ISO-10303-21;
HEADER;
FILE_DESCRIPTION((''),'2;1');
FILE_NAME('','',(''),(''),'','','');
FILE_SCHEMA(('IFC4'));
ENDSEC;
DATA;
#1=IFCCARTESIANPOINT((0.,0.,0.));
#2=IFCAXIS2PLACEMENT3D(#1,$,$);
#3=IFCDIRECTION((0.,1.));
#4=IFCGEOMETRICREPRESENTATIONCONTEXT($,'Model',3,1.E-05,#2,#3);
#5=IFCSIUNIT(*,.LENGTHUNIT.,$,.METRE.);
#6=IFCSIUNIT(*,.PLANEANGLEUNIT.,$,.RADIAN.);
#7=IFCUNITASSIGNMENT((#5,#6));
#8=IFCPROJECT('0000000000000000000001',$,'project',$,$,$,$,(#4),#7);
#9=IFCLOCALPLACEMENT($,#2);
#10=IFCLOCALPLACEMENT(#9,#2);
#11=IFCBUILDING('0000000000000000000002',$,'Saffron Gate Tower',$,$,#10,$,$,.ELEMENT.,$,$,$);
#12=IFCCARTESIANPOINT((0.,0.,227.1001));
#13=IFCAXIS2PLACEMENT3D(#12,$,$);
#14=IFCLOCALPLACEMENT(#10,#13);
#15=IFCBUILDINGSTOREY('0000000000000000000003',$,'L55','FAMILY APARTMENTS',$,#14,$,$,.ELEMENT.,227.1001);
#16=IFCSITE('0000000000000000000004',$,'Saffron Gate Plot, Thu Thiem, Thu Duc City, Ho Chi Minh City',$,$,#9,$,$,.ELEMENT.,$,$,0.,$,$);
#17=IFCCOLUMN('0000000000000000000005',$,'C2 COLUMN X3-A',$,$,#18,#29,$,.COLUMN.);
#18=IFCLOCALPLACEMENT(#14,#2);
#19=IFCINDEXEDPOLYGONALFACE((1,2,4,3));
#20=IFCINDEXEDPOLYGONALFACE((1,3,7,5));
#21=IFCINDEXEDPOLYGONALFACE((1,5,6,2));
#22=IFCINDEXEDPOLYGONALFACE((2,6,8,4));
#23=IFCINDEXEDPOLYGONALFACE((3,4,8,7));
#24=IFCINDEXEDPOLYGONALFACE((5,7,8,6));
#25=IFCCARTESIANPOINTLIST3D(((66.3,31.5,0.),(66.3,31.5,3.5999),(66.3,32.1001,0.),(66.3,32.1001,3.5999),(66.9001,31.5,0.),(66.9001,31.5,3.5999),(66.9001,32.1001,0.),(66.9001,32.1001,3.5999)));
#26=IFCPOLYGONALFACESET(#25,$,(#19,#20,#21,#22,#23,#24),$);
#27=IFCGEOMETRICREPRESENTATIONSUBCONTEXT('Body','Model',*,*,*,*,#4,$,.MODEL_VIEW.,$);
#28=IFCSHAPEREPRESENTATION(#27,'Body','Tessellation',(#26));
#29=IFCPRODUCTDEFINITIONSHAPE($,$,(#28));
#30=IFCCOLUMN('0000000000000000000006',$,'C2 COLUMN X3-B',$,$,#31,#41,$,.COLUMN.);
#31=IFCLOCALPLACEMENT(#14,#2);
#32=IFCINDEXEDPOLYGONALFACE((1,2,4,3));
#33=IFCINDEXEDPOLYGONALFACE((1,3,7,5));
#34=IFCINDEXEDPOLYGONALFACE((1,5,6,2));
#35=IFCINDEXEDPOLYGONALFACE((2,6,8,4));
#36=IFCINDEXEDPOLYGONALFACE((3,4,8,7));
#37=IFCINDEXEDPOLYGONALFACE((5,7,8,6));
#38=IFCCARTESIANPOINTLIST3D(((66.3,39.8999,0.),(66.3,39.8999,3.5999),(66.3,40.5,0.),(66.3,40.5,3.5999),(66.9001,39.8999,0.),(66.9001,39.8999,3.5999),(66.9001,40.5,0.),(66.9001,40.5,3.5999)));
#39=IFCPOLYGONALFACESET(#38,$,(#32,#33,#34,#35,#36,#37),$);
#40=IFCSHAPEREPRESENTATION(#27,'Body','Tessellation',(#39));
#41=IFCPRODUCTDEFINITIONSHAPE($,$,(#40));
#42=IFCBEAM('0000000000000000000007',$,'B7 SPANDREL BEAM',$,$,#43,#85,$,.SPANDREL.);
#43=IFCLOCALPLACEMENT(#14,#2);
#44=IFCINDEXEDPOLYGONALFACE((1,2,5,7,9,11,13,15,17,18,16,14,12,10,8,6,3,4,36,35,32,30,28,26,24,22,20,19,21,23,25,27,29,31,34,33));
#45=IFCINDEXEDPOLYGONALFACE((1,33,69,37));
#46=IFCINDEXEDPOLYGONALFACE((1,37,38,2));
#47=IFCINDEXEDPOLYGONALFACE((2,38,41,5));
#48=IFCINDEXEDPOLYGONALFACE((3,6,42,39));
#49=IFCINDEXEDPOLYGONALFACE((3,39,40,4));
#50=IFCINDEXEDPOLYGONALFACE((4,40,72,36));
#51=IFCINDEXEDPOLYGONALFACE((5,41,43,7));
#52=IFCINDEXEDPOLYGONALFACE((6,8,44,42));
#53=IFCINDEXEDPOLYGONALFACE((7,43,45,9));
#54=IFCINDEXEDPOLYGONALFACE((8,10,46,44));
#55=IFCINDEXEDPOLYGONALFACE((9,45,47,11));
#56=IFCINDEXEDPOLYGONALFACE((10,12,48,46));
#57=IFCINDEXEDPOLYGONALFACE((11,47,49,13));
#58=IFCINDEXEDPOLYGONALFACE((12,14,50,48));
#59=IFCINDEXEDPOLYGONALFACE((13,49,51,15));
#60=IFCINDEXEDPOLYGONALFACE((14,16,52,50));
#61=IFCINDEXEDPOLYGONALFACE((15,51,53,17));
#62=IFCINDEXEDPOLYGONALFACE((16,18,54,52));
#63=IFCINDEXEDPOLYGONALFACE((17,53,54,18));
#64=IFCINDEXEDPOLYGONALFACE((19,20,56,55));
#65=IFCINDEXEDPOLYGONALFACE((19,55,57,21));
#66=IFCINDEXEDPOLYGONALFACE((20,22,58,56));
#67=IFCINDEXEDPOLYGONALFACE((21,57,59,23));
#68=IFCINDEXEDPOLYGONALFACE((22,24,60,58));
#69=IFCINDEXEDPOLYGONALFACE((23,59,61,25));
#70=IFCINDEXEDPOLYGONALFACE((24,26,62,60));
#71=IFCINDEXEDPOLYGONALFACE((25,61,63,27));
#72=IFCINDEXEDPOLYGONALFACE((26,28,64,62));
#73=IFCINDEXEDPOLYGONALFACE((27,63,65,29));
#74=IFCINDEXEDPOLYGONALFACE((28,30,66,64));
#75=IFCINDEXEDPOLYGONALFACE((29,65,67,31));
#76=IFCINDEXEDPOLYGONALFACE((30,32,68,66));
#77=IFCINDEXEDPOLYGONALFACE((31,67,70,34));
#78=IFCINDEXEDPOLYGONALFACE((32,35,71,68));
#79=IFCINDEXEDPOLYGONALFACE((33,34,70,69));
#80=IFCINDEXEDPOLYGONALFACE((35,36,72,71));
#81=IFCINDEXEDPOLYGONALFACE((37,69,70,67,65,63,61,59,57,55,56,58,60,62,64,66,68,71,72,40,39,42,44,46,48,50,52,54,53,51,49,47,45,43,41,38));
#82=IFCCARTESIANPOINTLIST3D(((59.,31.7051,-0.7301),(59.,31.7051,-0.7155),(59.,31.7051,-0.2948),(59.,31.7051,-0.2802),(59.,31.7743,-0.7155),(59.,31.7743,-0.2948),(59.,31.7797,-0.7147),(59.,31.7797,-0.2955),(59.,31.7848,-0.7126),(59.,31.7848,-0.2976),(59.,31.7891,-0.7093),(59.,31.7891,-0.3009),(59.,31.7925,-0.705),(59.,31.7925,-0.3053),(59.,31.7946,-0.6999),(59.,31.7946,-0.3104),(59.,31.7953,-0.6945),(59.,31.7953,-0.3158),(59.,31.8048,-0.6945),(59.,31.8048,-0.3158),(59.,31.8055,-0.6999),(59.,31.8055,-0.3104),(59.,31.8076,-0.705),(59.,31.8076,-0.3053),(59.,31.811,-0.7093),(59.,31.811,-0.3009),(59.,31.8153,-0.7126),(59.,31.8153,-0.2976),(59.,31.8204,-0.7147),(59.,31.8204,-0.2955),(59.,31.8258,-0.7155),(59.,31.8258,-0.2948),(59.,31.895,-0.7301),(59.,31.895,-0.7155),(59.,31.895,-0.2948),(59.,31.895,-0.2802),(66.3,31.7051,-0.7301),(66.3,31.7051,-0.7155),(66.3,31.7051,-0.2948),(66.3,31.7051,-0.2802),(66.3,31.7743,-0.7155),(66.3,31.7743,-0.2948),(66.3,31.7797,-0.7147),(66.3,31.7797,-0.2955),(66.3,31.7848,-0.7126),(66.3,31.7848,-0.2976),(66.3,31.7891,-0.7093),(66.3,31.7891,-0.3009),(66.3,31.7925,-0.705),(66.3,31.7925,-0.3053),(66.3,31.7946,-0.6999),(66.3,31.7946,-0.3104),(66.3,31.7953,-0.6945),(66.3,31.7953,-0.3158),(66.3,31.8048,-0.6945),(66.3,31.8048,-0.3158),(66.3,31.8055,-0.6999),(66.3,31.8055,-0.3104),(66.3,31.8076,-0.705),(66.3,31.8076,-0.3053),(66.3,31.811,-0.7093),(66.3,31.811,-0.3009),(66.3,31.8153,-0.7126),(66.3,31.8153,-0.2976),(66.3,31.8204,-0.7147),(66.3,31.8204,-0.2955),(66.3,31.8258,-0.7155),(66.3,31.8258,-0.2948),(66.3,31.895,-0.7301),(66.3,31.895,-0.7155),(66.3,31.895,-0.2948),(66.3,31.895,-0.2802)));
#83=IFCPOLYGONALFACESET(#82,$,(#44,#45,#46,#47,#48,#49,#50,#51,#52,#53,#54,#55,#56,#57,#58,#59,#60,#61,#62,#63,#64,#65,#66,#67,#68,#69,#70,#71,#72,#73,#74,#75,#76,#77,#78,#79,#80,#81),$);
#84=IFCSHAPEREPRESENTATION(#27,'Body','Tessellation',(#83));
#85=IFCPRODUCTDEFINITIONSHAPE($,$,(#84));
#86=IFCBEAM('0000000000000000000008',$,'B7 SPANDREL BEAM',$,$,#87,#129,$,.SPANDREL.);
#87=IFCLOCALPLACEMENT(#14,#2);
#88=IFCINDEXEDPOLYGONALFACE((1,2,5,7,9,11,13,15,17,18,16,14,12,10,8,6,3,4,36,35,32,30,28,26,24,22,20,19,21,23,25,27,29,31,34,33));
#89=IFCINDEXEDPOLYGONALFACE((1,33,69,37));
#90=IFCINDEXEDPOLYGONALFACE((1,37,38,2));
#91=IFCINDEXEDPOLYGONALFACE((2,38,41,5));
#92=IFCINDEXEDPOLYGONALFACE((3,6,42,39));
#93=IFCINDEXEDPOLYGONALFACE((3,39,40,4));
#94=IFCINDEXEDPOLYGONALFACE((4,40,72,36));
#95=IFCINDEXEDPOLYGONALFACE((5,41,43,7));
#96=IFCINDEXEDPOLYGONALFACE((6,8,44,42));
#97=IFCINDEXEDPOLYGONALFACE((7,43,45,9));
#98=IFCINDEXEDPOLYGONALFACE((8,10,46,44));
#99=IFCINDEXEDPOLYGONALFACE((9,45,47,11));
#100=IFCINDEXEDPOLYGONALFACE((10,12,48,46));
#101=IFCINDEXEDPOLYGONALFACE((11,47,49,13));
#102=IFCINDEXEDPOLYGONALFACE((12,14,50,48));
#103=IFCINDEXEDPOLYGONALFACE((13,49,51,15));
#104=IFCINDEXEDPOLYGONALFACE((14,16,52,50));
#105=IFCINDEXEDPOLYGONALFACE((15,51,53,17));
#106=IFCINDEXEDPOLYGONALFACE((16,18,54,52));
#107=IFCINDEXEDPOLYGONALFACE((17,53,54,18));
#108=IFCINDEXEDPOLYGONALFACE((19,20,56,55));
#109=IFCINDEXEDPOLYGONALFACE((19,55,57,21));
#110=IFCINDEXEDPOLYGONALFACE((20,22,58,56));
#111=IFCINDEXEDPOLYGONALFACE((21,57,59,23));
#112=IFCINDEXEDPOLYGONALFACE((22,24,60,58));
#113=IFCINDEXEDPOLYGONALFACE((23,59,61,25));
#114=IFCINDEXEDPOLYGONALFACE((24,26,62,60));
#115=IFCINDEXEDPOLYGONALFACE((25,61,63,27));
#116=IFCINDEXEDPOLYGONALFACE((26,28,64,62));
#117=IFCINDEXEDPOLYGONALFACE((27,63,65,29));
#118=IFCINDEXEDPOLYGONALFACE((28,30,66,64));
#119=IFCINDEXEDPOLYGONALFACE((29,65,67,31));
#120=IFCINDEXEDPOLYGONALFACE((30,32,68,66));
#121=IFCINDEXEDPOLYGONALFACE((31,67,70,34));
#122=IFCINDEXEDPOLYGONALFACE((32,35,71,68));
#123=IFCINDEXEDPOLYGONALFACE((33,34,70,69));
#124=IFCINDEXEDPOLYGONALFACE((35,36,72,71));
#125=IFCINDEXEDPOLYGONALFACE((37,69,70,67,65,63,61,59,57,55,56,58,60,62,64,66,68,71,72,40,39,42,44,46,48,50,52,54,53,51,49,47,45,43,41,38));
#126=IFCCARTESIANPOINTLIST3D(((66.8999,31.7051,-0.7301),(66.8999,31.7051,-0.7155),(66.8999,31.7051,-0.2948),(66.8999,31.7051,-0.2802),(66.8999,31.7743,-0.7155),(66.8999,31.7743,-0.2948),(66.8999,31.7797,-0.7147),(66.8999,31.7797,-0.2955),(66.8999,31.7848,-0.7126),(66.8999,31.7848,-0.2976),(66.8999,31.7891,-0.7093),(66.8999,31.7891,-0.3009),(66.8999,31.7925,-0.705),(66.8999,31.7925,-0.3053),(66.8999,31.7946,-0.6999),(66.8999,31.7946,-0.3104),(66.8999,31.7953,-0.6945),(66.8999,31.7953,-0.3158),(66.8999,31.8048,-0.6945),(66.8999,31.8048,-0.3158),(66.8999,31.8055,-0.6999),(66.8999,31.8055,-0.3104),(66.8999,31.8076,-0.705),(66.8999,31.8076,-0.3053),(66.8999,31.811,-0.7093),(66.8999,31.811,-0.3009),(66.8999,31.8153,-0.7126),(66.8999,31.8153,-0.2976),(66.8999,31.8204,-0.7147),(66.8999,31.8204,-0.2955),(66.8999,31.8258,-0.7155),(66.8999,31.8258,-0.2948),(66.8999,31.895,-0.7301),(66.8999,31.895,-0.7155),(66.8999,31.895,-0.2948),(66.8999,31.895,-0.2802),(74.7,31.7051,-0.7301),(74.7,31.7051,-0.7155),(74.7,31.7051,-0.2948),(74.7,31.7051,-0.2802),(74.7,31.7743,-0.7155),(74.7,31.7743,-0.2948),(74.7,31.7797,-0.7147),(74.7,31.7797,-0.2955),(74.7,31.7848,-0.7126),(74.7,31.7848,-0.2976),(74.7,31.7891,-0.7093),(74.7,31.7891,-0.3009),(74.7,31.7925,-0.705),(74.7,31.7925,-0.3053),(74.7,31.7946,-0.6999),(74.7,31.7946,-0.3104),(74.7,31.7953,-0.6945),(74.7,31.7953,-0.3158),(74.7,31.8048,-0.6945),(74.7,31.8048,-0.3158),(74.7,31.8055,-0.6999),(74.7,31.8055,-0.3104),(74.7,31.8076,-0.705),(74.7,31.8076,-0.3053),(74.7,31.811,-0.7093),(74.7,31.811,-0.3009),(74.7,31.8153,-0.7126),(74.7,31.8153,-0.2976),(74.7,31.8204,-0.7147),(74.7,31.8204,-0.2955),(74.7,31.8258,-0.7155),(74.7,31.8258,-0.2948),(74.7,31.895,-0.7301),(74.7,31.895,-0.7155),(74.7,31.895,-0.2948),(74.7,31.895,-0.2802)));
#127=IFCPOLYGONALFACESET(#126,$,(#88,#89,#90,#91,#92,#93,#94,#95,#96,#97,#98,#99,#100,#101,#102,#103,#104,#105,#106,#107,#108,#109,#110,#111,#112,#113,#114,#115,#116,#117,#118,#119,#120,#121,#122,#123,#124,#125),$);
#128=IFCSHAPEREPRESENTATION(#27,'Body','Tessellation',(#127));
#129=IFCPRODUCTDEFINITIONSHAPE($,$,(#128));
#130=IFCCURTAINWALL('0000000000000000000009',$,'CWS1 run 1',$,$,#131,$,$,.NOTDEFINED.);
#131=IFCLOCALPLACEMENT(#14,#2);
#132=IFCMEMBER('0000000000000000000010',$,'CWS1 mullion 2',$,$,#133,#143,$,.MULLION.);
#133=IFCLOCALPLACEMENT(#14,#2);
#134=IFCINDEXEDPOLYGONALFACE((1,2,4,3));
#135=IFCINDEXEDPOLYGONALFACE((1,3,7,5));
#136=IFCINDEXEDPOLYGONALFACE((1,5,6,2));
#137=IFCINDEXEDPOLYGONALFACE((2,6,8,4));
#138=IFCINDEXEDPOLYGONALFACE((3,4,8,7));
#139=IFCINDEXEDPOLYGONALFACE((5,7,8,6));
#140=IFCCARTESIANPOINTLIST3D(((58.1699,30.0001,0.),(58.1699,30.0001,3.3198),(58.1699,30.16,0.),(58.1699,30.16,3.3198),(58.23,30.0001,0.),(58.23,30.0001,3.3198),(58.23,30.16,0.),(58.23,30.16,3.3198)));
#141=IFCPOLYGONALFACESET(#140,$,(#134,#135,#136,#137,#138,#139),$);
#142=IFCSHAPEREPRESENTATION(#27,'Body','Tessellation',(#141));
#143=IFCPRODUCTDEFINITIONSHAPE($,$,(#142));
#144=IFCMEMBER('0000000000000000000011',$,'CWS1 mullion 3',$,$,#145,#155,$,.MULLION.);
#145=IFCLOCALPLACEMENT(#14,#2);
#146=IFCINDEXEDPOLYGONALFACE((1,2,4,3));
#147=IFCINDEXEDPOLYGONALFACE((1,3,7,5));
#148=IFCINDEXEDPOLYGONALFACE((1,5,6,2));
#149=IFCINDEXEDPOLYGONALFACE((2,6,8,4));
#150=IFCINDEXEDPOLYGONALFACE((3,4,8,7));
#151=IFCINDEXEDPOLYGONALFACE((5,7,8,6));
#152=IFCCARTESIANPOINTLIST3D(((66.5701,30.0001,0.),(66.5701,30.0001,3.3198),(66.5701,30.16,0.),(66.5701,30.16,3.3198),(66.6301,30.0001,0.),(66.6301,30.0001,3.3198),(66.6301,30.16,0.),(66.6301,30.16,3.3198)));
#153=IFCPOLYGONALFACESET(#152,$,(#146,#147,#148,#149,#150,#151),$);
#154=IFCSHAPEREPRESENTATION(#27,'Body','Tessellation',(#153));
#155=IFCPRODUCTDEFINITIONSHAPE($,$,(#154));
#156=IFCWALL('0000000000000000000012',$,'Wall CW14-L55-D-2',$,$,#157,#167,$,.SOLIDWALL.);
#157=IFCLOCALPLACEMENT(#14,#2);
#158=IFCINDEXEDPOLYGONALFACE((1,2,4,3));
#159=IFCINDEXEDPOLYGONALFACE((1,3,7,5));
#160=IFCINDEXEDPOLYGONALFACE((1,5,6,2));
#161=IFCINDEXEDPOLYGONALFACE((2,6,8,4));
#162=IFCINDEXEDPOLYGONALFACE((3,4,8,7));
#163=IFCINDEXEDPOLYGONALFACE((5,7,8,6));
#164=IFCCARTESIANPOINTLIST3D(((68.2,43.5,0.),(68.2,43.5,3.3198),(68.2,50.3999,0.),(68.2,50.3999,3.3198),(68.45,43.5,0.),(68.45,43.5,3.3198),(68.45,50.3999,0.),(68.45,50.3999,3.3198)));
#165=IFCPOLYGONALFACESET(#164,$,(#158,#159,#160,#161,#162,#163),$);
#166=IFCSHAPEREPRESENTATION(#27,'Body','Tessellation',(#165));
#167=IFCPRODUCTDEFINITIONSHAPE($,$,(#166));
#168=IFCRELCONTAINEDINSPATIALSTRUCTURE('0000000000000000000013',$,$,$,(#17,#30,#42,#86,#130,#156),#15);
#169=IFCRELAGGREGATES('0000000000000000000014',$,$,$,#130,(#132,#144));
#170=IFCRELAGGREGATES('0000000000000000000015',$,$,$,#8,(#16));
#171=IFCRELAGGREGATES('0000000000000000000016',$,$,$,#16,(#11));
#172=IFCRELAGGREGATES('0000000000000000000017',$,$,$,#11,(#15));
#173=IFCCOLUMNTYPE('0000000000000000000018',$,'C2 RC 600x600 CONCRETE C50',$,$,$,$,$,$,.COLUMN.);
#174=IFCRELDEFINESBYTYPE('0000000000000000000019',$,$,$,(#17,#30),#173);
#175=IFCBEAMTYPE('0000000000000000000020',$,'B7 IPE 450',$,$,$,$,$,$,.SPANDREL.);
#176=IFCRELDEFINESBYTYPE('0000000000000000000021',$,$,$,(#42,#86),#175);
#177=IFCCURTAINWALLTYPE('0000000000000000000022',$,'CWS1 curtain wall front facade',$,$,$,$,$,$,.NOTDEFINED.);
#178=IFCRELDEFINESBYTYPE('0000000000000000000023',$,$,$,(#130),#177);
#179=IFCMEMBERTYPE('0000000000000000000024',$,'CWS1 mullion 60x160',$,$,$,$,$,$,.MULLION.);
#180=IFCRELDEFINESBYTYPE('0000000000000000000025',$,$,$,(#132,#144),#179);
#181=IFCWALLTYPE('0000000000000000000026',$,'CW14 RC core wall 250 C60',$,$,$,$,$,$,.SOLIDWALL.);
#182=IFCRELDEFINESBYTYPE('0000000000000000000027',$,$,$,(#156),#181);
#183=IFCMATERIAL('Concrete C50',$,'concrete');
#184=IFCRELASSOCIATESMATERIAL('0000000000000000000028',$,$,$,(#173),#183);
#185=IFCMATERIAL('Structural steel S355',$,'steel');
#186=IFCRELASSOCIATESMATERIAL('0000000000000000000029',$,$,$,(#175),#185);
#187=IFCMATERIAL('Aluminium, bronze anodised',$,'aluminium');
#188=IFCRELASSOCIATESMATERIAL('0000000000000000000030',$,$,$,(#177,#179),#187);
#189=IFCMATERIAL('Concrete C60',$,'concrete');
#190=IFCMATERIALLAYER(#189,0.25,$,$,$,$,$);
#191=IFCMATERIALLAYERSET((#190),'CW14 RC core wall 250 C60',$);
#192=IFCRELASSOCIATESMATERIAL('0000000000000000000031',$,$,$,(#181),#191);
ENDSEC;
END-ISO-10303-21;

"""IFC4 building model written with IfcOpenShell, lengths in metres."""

from ifc_helpers import new_model, si_unit, direction, frame, frame_2d, origin, origin_2d, place, context, subcontext, project, spatial, rectangle, i_section, extrude, material, layer, layer_set, material_profile, profile_set, type_object, element, aggregate, save


model = new_model("IFC4")

# Units and contexts
model_context = context("Model", 3, precision=1e-05, world=origin(), true_north=direction((0.0, 1.0)))
body_context = subcontext(model_context, "Body", "Model", "MODEL_VIEW")
ifc_project = project(units=[si_unit("LENGTHUNIT", "METRE"), si_unit("PLANEANGLEUNIT", "RADIAN")], contexts=[model_context])

# Site, building, storey
site_placement = place(None, origin())
site = spatial("IfcSite", under=ifc_project, at=site_placement, Name="Saffron Gate Plot, Thu Thiem, Thu Duc City, Ho Chi Minh City", CompositionType="ELEMENT", RefElevation=0.0)
building_placement = place(site_placement, origin())
building = spatial("IfcBuilding", under=site, at=building_placement, Name="Saffron Gate Tower", CompositionType="ELEMENT")
storey_placement = place(building_placement, frame((0.0, 0.0, 227.1001)))
storey = spatial("IfcBuildingStorey", under=building, at=storey_placement, Name="L55", Description="FAMILY APARTMENTS", CompositionType="ELEMENT", Elevation=227.1001)

# Columns
ifc_material_1 = material(Name="Concrete C50", Category="concrete")
ifc_material_profile_1 = material_profile(ifc_material_1, rectangle(XDim=0.6001, YDim=0.6001, at=origin_2d()))
ifc_profile_set_1 = profile_set([ifc_material_profile_1], Name="Concrete C50")
column_type = type_object("IfcColumnType", Name="C2 RC 600x600 CONCRETE C50", PredefinedType="COLUMN", material=ifc_profile_set_1)
for number, where, z_axis, x_axis, name in (
    (1, (66.6001, 31.8, 0.0), (0.0, 0.0, 1.0), (1.0, 0.0, 0.0), "C2 COLUMN X3-A"),
    (2, (66.6001, 40.2, 0.0), (0.0, 0.0, 1.0), (1.0, 0.0, 0.0), "C2 COLUMN X3-B"),
):
    element("IfcColumn", number, at=place(storey_placement, frame(where, z_axis=z_axis, x_axis=x_axis)), inside=storey, type_object=column_type, Name=name, PredefinedType="COLUMN", context=body_context, shape_type="SweptSolid", body=[
        extrude(rectangle(XDim=0.6001, YDim=0.6001, at=origin_2d()), origin(), (0.0, 0.0, 1.0), 3.5999),
    ])

# Beams
ifc_material_2 = material(Name="Structural steel S355", Category="steel")
ifc_material_profile_2 = material_profile(ifc_material_2, i_section(OverallWidth=0.1899, OverallDepth=0.45, WebThickness=0.0095, FlangeThickness=0.0146, FilletRadius=0.021, at=origin_2d()))
ifc_profile_set_2 = profile_set([ifc_material_profile_2], Name="Structural steel S355")
beam_type = type_object("IfcBeamType", Name="B7 IPE 450", PredefinedType="SPANDREL", material=ifc_profile_set_2)
beam_1_placement = place(storey_placement, frame((59.0, 31.8, -0.5051), z_axis=(1.0, 0.0, 0.0), x_axis=(0.0, 1.0, 0.0)))
element("IfcBeam", 3, at=beam_1_placement, inside=storey, type_object=beam_type, Name="B7 SPANDREL BEAM", PredefinedType="SPANDREL", context=body_context, shape_type="SweptSolid", body=[
    extrude(i_section(OverallWidth=0.1899, OverallDepth=0.45, WebThickness=0.0095, FlangeThickness=0.0146, FilletRadius=0.021, at=origin_2d()), origin(), (0.0, 0.0, 1.0), 7.3),
])
beam_2_placement = place(storey_placement, frame((66.8999, 31.8, -0.5051), z_axis=(1.0, 0.0, 0.0), x_axis=(0.0, 1.0, 0.0)))
element("IfcBeam", 4, at=beam_2_placement, inside=storey, type_object=beam_type, Name="B7 SPANDREL BEAM", PredefinedType="SPANDREL", context=body_context, shape_type="SweptSolid", body=[
    extrude(i_section(OverallWidth=0.1899, OverallDepth=0.45, WebThickness=0.0095, FlangeThickness=0.0146, FilletRadius=0.021, at=origin_2d()), origin(), (0.0, 0.0, 1.0), 7.8),
])

# Curtain wall, members
ifc_material_3 = material(Name="Aluminium, bronze anodised", Category="aluminium")
curtain_wall_type = type_object("IfcCurtainWallType", Name="CWS1 curtain wall front facade", PredefinedType="NOTDEFINED", material=ifc_material_3)
curtain_wall_placement = place(storey_placement, origin())
curtain_wall = element("IfcCurtainWall", 5, at=curtain_wall_placement, inside=storey, type_object=curtain_wall_type, Name="CWS1 run 1", PredefinedType="NOTDEFINED")
ifc_material_profile_3 = material_profile(ifc_material_3, rectangle(XDim=0.1599, YDim=0.0601, at=origin_2d()))
ifc_profile_set_3 = profile_set([ifc_material_profile_3], Name="Aluminium, bronze anodised")
member_type = type_object("IfcMemberType", Name="CWS1 mullion 60x160", PredefinedType="MULLION", material=ifc_profile_set_3)
member_1_placement = place(storey_placement, frame((58.2, 30.0801, 0.0), z_axis=(0.0, 0.0, 1.0), x_axis=(0.0, 1.0, 0.0)))
member_1 = element("IfcMember", 6, at=member_1_placement, type_object=member_type, Name="CWS1 mullion 2", PredefinedType="MULLION", context=body_context, shape_type="SweptSolid", body=[
    extrude(rectangle(XDim=0.1599, YDim=0.0601, at=origin_2d()), origin(), (0.0, 0.0, 1.0), 3.3198),
])
member_2_placement = place(storey_placement, frame((66.6001, 30.0801, 0.0), z_axis=(0.0, 0.0, 1.0), x_axis=(0.0, 1.0, 0.0)))
member_2 = element("IfcMember", 7, at=member_2_placement, type_object=member_type, Name="CWS1 mullion 3", PredefinedType="MULLION", context=body_context, shape_type="SweptSolid", body=[
    extrude(rectangle(XDim=0.1599, YDim=0.0601, at=origin_2d()), origin(), (0.0, 0.0, 1.0), 3.3198),
])
aggregate(curtain_wall, [member_1, member_2])

# Wall
ifc_material_4 = material(Name="Concrete C60", Category="concrete")
ifc_layer_1 = layer(ifc_material_4, 0.25)
ifc_layer_set_1 = layer_set([ifc_layer_1], Name="CW14 RC core wall 250 C60")
wall_type_1 = type_object("IfcWallType", Name="CW14 RC core wall 250 C60", PredefinedType="SOLIDWALL", material=ifc_layer_set_1)
wall_1_placement = place(storey_placement, frame((68.325, 43.5, 0.0), z_axis=(0.0, 0.0, 1.0), x_axis=(0.0, 1.0, 0.0)))
element("IfcWall", 8, at=wall_1_placement, inside=storey, type_object=wall_type_1, Name="Wall CW14-L55-D-2", PredefinedType="SOLIDWALL", context=body_context, shape_type="SweptSolid", body=[
    extrude(rectangle(XDim=6.8999, YDim=0.25, at=frame_2d((3.45, 0.0))), origin(), (0.0, 0.0, 1.0), 3.3198),
])

save(model, "model.ifc")
